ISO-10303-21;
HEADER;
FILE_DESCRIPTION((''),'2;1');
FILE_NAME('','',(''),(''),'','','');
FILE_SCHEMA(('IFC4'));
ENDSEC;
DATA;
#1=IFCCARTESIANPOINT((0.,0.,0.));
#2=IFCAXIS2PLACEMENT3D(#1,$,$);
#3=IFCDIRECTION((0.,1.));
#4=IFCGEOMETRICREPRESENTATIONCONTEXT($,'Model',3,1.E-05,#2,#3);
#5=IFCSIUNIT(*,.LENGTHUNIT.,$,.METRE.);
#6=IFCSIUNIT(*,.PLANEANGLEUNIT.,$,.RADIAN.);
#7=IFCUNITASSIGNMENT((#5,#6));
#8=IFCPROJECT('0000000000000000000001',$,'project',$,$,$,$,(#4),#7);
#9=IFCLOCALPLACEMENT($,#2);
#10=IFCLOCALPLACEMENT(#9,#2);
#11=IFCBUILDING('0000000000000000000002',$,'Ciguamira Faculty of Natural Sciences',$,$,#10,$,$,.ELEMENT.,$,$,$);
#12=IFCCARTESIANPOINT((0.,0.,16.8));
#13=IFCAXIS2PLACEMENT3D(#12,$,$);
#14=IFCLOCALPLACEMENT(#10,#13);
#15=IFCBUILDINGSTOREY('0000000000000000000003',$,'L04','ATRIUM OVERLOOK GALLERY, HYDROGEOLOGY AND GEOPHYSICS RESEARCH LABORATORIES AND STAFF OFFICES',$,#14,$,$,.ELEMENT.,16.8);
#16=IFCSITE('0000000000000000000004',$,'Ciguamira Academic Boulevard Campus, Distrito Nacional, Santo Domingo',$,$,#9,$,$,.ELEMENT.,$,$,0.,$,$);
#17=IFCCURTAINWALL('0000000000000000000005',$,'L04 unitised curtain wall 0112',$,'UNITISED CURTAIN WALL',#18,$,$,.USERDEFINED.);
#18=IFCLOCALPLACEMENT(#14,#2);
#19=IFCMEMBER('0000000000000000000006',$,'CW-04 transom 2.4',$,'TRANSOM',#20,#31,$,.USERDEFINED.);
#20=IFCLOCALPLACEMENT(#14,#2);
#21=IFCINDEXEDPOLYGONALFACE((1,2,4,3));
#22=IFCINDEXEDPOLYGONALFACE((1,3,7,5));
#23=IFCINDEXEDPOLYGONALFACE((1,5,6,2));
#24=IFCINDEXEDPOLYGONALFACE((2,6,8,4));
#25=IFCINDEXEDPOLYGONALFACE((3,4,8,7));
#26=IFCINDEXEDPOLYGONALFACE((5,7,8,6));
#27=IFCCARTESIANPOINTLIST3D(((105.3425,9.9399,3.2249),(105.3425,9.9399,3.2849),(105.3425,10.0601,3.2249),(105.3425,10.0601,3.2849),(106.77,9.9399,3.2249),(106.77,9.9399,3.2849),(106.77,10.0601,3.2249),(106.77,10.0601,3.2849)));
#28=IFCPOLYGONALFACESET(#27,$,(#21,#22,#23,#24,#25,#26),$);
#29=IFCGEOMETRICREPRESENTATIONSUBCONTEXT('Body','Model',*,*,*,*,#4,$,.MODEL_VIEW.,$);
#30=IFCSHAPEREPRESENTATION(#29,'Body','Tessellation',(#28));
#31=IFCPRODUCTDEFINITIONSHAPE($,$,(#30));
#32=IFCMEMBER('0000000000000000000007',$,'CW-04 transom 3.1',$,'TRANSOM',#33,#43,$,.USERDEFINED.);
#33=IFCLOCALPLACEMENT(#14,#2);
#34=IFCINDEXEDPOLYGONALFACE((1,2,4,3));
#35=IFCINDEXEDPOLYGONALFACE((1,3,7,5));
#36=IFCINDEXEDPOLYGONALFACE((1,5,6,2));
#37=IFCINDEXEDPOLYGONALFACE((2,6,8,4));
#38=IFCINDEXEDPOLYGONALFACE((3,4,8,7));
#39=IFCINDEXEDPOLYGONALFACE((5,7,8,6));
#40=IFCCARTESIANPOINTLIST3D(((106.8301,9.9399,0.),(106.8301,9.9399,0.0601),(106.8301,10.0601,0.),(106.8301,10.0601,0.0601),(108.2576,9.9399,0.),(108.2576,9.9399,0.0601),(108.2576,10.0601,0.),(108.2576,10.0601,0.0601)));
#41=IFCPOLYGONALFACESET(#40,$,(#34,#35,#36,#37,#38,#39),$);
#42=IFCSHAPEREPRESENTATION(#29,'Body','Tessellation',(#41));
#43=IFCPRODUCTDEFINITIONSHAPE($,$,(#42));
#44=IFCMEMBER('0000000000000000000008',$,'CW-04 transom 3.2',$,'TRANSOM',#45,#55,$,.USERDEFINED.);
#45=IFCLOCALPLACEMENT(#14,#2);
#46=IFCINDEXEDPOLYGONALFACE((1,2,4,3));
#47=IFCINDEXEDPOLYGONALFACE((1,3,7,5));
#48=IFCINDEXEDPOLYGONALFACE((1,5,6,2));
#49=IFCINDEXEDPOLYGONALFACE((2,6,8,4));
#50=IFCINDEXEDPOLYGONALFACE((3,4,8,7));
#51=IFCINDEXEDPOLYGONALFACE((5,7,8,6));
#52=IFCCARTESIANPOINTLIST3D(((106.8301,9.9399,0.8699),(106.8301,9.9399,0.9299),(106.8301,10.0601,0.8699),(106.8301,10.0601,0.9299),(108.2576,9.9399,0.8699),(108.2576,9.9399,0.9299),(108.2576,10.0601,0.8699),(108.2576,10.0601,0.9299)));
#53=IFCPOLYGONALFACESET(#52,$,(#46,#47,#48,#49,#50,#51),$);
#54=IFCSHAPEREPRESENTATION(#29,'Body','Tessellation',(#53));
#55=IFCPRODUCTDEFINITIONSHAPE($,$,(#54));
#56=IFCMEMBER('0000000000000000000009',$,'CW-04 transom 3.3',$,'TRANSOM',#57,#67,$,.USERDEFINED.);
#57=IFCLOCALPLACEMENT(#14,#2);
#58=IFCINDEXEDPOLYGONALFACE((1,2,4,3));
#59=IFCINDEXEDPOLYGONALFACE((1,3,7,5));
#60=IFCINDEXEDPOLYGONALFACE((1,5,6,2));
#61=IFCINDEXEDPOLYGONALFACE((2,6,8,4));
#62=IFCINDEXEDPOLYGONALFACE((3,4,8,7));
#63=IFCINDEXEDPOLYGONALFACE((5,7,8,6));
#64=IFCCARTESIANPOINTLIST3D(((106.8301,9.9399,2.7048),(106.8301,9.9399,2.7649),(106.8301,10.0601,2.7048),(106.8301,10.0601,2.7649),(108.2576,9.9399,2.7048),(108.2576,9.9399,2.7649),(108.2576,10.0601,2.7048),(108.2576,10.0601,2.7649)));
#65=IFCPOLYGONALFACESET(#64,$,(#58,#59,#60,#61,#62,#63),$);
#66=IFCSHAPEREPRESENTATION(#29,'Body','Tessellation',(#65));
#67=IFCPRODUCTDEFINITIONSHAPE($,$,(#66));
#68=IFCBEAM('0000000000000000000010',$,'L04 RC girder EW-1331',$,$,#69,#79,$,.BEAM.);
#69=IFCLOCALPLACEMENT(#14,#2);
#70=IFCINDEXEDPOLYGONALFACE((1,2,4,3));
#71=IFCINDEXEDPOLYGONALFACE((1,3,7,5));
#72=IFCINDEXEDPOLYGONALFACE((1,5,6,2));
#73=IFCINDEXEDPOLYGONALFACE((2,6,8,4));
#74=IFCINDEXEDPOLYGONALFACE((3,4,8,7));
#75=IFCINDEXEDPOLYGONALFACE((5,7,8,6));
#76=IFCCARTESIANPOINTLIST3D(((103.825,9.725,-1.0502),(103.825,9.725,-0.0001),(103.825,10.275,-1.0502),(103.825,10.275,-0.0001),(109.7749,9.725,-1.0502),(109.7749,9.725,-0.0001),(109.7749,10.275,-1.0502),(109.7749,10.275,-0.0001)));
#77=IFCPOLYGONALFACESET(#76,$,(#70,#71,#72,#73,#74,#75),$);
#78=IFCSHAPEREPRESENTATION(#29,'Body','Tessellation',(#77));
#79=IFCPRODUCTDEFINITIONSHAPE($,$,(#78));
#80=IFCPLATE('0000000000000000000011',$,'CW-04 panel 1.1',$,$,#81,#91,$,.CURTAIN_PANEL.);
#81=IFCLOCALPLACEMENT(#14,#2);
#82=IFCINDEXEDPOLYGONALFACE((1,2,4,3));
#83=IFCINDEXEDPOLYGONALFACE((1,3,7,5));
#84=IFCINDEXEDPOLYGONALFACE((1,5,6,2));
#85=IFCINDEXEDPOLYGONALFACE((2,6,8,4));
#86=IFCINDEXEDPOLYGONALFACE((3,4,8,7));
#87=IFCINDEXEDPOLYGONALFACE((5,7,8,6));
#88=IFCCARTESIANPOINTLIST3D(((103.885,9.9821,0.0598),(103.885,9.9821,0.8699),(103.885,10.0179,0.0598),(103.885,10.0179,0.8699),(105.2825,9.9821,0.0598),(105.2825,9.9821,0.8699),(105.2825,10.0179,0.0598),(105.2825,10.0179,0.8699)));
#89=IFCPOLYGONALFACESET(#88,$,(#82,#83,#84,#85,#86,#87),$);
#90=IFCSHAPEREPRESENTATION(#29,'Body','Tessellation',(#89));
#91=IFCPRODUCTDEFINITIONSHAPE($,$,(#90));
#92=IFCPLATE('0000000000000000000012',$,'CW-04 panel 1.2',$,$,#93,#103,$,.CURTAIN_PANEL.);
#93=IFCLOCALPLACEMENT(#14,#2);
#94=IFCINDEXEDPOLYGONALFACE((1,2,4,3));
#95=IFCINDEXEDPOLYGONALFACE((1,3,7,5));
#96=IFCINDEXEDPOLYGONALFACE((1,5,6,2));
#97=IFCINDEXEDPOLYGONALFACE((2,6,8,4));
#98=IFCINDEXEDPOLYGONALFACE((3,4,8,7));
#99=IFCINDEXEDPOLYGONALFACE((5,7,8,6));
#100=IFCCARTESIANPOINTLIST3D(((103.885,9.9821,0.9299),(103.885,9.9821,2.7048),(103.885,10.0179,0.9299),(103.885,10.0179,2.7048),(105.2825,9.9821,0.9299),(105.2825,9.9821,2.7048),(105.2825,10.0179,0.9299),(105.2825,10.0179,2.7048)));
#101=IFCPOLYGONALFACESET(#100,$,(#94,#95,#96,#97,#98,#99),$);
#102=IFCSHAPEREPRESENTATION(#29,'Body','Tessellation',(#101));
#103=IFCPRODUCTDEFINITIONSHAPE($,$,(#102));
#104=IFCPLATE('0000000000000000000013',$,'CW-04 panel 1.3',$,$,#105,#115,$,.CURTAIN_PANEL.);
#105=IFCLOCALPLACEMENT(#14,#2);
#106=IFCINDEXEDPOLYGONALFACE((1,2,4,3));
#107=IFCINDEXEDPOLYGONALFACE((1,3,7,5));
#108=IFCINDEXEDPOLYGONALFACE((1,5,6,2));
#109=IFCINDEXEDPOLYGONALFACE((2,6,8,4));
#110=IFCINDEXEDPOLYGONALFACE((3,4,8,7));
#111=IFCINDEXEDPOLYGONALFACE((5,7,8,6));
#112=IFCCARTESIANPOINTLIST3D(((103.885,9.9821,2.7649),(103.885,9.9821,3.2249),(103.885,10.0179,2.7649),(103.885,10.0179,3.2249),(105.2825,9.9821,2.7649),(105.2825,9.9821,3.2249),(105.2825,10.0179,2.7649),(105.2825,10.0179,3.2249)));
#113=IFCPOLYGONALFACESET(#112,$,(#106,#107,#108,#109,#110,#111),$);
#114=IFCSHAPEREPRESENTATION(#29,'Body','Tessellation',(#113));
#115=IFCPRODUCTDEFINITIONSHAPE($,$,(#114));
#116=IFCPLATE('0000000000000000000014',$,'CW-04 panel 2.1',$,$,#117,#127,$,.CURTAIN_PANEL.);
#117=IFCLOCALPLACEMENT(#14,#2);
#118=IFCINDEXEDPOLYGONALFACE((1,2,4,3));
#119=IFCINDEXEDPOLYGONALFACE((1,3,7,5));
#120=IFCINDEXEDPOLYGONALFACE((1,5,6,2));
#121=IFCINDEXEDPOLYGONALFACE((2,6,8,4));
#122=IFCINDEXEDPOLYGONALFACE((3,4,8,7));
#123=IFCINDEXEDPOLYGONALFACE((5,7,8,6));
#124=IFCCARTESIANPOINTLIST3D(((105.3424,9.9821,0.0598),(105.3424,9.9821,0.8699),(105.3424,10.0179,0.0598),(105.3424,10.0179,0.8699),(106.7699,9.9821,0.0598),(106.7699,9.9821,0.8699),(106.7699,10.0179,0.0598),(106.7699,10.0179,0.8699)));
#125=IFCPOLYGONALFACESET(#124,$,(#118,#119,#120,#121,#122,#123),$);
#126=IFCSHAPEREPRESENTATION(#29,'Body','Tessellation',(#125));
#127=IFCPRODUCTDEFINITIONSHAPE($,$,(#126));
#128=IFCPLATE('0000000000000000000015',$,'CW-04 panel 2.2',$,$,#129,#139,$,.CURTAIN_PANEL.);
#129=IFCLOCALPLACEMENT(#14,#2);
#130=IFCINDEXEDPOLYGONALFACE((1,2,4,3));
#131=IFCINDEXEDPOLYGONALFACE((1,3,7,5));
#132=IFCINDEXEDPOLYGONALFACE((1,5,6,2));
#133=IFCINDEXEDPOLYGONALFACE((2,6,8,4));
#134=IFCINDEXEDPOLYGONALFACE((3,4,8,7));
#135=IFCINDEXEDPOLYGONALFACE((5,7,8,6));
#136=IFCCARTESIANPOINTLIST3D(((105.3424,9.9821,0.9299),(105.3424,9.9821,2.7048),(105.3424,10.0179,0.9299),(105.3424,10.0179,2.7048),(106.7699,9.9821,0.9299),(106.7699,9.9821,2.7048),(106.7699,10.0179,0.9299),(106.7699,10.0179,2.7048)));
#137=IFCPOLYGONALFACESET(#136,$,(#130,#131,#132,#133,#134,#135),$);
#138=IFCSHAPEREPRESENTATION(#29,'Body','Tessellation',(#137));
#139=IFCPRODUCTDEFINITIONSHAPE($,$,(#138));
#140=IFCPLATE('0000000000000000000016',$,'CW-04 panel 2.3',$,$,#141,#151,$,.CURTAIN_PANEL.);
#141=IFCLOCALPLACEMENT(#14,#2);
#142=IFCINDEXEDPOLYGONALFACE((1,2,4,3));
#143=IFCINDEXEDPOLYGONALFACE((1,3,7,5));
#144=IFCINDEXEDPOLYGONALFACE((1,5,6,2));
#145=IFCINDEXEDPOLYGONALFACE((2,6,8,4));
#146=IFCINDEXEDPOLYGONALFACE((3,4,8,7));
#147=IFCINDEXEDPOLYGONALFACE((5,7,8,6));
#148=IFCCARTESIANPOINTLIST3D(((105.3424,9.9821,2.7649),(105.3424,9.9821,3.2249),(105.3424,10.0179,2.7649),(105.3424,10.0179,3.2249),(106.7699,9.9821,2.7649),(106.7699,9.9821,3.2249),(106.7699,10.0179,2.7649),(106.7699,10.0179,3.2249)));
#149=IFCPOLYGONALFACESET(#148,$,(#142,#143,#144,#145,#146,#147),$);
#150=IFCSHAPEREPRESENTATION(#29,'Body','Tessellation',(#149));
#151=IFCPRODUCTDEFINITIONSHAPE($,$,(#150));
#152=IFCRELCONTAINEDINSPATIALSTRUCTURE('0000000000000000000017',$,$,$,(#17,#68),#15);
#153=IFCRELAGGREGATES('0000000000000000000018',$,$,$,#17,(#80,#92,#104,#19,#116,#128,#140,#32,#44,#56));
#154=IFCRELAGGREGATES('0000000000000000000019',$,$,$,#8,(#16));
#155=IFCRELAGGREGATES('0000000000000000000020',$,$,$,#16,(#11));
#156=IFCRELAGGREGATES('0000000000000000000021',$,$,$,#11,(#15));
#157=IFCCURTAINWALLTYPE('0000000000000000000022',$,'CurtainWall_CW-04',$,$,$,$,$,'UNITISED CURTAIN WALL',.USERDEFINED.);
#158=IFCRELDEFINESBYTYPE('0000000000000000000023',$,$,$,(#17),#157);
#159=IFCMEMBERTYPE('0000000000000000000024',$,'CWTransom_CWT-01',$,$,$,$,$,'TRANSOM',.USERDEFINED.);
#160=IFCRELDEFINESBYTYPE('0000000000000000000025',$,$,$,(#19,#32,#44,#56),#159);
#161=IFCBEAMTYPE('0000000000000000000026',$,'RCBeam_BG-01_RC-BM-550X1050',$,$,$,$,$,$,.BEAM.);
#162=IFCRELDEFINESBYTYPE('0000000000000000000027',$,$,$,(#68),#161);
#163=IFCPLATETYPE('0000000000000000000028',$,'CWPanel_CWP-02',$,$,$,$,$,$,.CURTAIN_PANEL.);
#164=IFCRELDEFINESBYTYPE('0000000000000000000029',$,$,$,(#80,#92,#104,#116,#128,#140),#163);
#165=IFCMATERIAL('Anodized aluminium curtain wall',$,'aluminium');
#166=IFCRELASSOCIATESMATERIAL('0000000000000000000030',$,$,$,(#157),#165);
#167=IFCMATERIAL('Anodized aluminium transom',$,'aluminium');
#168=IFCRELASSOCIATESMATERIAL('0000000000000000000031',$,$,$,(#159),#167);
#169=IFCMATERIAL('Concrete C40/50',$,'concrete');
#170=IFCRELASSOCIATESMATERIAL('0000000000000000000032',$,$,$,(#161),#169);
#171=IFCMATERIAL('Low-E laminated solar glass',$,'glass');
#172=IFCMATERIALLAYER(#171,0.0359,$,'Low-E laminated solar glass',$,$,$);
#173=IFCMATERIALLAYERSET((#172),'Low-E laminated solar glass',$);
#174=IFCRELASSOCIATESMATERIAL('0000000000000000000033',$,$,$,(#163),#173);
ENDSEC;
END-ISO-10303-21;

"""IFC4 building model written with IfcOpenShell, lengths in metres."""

from ifc_helpers import new_model, si_unit, direction, frame, origin, origin_2d, place, context, subcontext, project, spatial, rectangle, extrude, material, layer, layer_set, material_profile, profile_set, type_object, element, aggregate, save


model = new_model("IFC4")

# Units and contexts
model_context = context("Model", 3, precision=1e-05, world=origin(), true_north=direction((0.0, 1.0)))
body_context = subcontext(model_context, "Body", "Model", "MODEL_VIEW")
ifc_project = project(units=[si_unit("LENGTHUNIT", "METRE"), si_unit("PLANEANGLEUNIT", "RADIAN")], contexts=[model_context])

# Site, building, storey
site_placement = place(None, origin())
site = spatial("IfcSite", under=ifc_project, at=site_placement, Name="Ciguamira Academic Boulevard Campus, Distrito Nacional, Santo Domingo", CompositionType="ELEMENT", RefElevation=0.0)
building_placement = place(site_placement, origin())
building = spatial("IfcBuilding", under=site, at=building_placement, Name="Ciguamira Faculty of Natural Sciences", CompositionType="ELEMENT")
storey_placement = place(building_placement, frame((0.0, 0.0, 16.8)))
storey = spatial("IfcBuildingStorey", under=building, at=storey_placement, Name="L04", Description="ATRIUM OVERLOOK GALLERY, HYDROGEOLOGY AND GEOPHYSICS RESEARCH LABORATORIES AND STAFF OFFICES", CompositionType="ELEMENT", Elevation=16.8)

# Shared definitions
ifc_material_1 = material(Name="Concrete C40/50", Category="concrete")

# Curtain wall
ifc_material_2 = material(Name="Anodized aluminium curtain wall", Category="aluminium")
curtain_wall_type_1 = type_object("IfcCurtainWallType", Name="CurtainWall_CW-04", ElementType="UNITISED CURTAIN WALL", PredefinedType="USERDEFINED", material=ifc_material_2)
curtain_wall_1_placement = place(storey_placement, origin())
curtain_wall_1 = element("IfcCurtainWall", 1, at=curtain_wall_1_placement, inside=storey, type_object=curtain_wall_type_1, Name="L04 unitised curtain wall 0112", ObjectType="UNITISED CURTAIN WALL", PredefinedType="USERDEFINED")

# Members
ifc_material_3 = material(Name="Anodized aluminium transom", Category="aluminium")
ifc_material_profile_1 = material_profile(ifc_material_3, rectangle(XDim=0.0601, YDim=0.1201, at=origin_2d()), Name="ALU-TRN-60X120")
ifc_profile_set_1 = profile_set([ifc_material_profile_1], Name="Anodized aluminium transom")
member_type_1 = type_object("IfcMemberType", Name="CWTransom_CWT-01", ElementType="TRANSOM", PredefinedType="USERDEFINED", material=ifc_profile_set_1)
member_1_placement = place(storey_placement, frame((105.3425, 10.0, 3.2549), z_axis=(1.0, 0.0, 0.0), x_axis=(0.0, 0.0, 1.0)))
member_1 = element("IfcMember", 2, at=member_1_placement, type_object=member_type_1, Name="CW-04 transom 2.4", ObjectType="TRANSOM", PredefinedType="USERDEFINED", context=body_context, shape_type="SweptSolid", body=[
    extrude(rectangle(XDim=0.0601, YDim=0.1201, at=origin_2d()), origin(), (0.0, 0.0, 1.0), 1.4275),
])
member_2_placement = place(storey_placement, frame((106.8301, 10.0, 0.03), z_axis=(1.0, 0.0, 0.0), x_axis=(0.0, 0.0, 1.0)))
member_2 = element("IfcMember", 3, at=member_2_placement, type_object=member_type_1, Name="CW-04 transom 3.1", ObjectType="TRANSOM", PredefinedType="USERDEFINED", context=body_context, shape_type="SweptSolid", body=[
    extrude(rectangle(XDim=0.0601, YDim=0.1201, at=origin_2d()), origin(), (0.0, 0.0, 1.0), 1.4275),
])
member_3_placement = place(storey_placement, frame((106.8301, 10.0, 0.8999), z_axis=(1.0, 0.0, 0.0), x_axis=(0.0, 0.0, 1.0)))
member_3 = element("IfcMember", 4, at=member_3_placement, type_object=member_type_1, Name="CW-04 transom 3.2", ObjectType="TRANSOM", PredefinedType="USERDEFINED", context=body_context, shape_type="SweptSolid", body=[
    extrude(rectangle(XDim=0.0601, YDim=0.1201, at=origin_2d()), origin(), (0.0, 0.0, 1.0), 1.4275),
])
member_4_placement = place(storey_placement, frame((106.8301, 10.0, 2.7349), z_axis=(1.0, 0.0, 0.0), x_axis=(0.0, 0.0, 1.0)))
member_4 = element("IfcMember", 5, at=member_4_placement, type_object=member_type_1, Name="CW-04 transom 3.3", ObjectType="TRANSOM", PredefinedType="USERDEFINED", context=body_context, shape_type="SweptSolid", body=[
    extrude(rectangle(XDim=0.0601, YDim=0.1201, at=origin_2d()), origin(), (0.0, 0.0, 1.0), 1.4275),
])

# Beam
ifc_material_profile_2 = material_profile(ifc_material_1, rectangle(XDim=0.55, YDim=1.05, at=origin_2d()), Name="RC-BM-550X1050")
ifc_profile_set_2 = profile_set([ifc_material_profile_2], Name="Concrete C40/50")
beam_type = type_object("IfcBeamType", Name="RCBeam_BG-01_RC-BM-550X1050", PredefinedType="BEAM", material=ifc_profile_set_2)
beam_placement = place(storey_placement, frame((103.825, 10.0, -0.5251), z_axis=(1.0, 0.0, 0.0), x_axis=(0.0, 1.0, 0.0)))
element("IfcBeam", 6, at=beam_placement, inside=storey, type_object=beam_type, Name="L04 RC girder EW-1331", PredefinedType="BEAM", context=body_context, shape_type="SweptSolid", body=[
    extrude(rectangle(XDim=0.55, YDim=1.05, at=origin_2d()), origin(), (0.0, 0.0, 1.0), 5.95),
])

# Plates
ifc_material_4 = material(Name="Low-E laminated solar glass", Category="glass")
ifc_layer = layer(ifc_material_4, 0.0359, Name="Low-E laminated solar glass")
ifc_layer_set = layer_set([ifc_layer], Name="Low-E laminated solar glass")
plate_type = type_object("IfcPlateType", Name="CWPanel_CWP-02", PredefinedType="CURTAIN_PANEL", material=ifc_layer_set)
plate_1_placement = place(storey_placement, frame((104.5837, 10.0, 0.0598), z_axis=(0.0, 0.0, 1.0), x_axis=(1.0, 0.0, 0.0)))
plate_1 = element("IfcPlate", 7, at=plate_1_placement, type_object=plate_type, Name="CW-04 panel 1.1", PredefinedType="CURTAIN_PANEL", context=body_context, shape_type="SweptSolid", body=[
    extrude(rectangle(XDim=1.3975, YDim=0.0359, at=origin_2d()), origin(), (0.0, 0.0, 1.0), 0.8101),
])
plate_2_placement = place(storey_placement, frame((104.5837, 10.0, 0.9299), z_axis=(0.0, 0.0, 1.0), x_axis=(1.0, 0.0, 0.0)))
plate_2 = element("IfcPlate", 8, at=plate_2_placement, type_object=plate_type, Name="CW-04 panel 1.2", PredefinedType="CURTAIN_PANEL", context=body_context, shape_type="SweptSolid", body=[
    extrude(rectangle(XDim=1.3975, YDim=0.0359, at=origin_2d()), origin(), (0.0, 0.0, 1.0), 1.7749),
])
plate_3_placement = place(storey_placement, frame((104.5837, 10.0, 2.7649), z_axis=(0.0, 0.0, 1.0), x_axis=(1.0, 0.0, 0.0)))
plate_3 = element("IfcPlate", 9, at=plate_3_placement, type_object=plate_type, Name="CW-04 panel 1.3", PredefinedType="CURTAIN_PANEL", context=body_context, shape_type="SweptSolid", body=[
    extrude(rectangle(XDim=1.3975, YDim=0.0359, at=origin_2d()), origin(), (0.0, 0.0, 1.0), 0.46),
])
plate_4_placement = place(storey_placement, frame((106.0562, 10.0, 0.0598), z_axis=(0.0, 0.0, 1.0), x_axis=(1.0, 0.0, 0.0)))
plate_4 = element("IfcPlate", 10, at=plate_4_placement, type_object=plate_type, Name="CW-04 panel 2.1", PredefinedType="CURTAIN_PANEL", context=body_context, shape_type="SweptSolid", body=[
    extrude(rectangle(XDim=1.4275, YDim=0.0359, at=origin_2d()), origin(), (0.0, 0.0, 1.0), 0.8101),
])
plate_5_placement = place(storey_placement, frame((106.0562, 10.0, 0.9299), z_axis=(0.0, 0.0, 1.0), x_axis=(1.0, 0.0, 0.0)))
plate_5 = element("IfcPlate", 11, at=plate_5_placement, type_object=plate_type, Name="CW-04 panel 2.2", PredefinedType="CURTAIN_PANEL", context=body_context, shape_type="SweptSolid", body=[
    extrude(rectangle(XDim=1.4275, YDim=0.0359, at=origin_2d()), origin(), (0.0, 0.0, 1.0), 1.7749),
])
plate_6_placement = place(storey_placement, frame((106.0562, 10.0, 2.7649), z_axis=(0.0, 0.0, 1.0), x_axis=(1.0, 0.0, 0.0)))
plate_6 = element("IfcPlate", 12, at=plate_6_placement, type_object=plate_type, Name="CW-04 panel 2.3", PredefinedType="CURTAIN_PANEL", context=body_context, shape_type="SweptSolid", body=[
    extrude(rectangle(XDim=1.4275, YDim=0.0359, at=origin_2d()), origin(), (0.0, 0.0, 1.0), 0.46),
])
aggregate(curtain_wall_1, [plate_1, plate_2, plate_3, member_1, plate_4, plate_5, plate_6, member_2, member_3, member_4])

save(model, "model.ifc")
